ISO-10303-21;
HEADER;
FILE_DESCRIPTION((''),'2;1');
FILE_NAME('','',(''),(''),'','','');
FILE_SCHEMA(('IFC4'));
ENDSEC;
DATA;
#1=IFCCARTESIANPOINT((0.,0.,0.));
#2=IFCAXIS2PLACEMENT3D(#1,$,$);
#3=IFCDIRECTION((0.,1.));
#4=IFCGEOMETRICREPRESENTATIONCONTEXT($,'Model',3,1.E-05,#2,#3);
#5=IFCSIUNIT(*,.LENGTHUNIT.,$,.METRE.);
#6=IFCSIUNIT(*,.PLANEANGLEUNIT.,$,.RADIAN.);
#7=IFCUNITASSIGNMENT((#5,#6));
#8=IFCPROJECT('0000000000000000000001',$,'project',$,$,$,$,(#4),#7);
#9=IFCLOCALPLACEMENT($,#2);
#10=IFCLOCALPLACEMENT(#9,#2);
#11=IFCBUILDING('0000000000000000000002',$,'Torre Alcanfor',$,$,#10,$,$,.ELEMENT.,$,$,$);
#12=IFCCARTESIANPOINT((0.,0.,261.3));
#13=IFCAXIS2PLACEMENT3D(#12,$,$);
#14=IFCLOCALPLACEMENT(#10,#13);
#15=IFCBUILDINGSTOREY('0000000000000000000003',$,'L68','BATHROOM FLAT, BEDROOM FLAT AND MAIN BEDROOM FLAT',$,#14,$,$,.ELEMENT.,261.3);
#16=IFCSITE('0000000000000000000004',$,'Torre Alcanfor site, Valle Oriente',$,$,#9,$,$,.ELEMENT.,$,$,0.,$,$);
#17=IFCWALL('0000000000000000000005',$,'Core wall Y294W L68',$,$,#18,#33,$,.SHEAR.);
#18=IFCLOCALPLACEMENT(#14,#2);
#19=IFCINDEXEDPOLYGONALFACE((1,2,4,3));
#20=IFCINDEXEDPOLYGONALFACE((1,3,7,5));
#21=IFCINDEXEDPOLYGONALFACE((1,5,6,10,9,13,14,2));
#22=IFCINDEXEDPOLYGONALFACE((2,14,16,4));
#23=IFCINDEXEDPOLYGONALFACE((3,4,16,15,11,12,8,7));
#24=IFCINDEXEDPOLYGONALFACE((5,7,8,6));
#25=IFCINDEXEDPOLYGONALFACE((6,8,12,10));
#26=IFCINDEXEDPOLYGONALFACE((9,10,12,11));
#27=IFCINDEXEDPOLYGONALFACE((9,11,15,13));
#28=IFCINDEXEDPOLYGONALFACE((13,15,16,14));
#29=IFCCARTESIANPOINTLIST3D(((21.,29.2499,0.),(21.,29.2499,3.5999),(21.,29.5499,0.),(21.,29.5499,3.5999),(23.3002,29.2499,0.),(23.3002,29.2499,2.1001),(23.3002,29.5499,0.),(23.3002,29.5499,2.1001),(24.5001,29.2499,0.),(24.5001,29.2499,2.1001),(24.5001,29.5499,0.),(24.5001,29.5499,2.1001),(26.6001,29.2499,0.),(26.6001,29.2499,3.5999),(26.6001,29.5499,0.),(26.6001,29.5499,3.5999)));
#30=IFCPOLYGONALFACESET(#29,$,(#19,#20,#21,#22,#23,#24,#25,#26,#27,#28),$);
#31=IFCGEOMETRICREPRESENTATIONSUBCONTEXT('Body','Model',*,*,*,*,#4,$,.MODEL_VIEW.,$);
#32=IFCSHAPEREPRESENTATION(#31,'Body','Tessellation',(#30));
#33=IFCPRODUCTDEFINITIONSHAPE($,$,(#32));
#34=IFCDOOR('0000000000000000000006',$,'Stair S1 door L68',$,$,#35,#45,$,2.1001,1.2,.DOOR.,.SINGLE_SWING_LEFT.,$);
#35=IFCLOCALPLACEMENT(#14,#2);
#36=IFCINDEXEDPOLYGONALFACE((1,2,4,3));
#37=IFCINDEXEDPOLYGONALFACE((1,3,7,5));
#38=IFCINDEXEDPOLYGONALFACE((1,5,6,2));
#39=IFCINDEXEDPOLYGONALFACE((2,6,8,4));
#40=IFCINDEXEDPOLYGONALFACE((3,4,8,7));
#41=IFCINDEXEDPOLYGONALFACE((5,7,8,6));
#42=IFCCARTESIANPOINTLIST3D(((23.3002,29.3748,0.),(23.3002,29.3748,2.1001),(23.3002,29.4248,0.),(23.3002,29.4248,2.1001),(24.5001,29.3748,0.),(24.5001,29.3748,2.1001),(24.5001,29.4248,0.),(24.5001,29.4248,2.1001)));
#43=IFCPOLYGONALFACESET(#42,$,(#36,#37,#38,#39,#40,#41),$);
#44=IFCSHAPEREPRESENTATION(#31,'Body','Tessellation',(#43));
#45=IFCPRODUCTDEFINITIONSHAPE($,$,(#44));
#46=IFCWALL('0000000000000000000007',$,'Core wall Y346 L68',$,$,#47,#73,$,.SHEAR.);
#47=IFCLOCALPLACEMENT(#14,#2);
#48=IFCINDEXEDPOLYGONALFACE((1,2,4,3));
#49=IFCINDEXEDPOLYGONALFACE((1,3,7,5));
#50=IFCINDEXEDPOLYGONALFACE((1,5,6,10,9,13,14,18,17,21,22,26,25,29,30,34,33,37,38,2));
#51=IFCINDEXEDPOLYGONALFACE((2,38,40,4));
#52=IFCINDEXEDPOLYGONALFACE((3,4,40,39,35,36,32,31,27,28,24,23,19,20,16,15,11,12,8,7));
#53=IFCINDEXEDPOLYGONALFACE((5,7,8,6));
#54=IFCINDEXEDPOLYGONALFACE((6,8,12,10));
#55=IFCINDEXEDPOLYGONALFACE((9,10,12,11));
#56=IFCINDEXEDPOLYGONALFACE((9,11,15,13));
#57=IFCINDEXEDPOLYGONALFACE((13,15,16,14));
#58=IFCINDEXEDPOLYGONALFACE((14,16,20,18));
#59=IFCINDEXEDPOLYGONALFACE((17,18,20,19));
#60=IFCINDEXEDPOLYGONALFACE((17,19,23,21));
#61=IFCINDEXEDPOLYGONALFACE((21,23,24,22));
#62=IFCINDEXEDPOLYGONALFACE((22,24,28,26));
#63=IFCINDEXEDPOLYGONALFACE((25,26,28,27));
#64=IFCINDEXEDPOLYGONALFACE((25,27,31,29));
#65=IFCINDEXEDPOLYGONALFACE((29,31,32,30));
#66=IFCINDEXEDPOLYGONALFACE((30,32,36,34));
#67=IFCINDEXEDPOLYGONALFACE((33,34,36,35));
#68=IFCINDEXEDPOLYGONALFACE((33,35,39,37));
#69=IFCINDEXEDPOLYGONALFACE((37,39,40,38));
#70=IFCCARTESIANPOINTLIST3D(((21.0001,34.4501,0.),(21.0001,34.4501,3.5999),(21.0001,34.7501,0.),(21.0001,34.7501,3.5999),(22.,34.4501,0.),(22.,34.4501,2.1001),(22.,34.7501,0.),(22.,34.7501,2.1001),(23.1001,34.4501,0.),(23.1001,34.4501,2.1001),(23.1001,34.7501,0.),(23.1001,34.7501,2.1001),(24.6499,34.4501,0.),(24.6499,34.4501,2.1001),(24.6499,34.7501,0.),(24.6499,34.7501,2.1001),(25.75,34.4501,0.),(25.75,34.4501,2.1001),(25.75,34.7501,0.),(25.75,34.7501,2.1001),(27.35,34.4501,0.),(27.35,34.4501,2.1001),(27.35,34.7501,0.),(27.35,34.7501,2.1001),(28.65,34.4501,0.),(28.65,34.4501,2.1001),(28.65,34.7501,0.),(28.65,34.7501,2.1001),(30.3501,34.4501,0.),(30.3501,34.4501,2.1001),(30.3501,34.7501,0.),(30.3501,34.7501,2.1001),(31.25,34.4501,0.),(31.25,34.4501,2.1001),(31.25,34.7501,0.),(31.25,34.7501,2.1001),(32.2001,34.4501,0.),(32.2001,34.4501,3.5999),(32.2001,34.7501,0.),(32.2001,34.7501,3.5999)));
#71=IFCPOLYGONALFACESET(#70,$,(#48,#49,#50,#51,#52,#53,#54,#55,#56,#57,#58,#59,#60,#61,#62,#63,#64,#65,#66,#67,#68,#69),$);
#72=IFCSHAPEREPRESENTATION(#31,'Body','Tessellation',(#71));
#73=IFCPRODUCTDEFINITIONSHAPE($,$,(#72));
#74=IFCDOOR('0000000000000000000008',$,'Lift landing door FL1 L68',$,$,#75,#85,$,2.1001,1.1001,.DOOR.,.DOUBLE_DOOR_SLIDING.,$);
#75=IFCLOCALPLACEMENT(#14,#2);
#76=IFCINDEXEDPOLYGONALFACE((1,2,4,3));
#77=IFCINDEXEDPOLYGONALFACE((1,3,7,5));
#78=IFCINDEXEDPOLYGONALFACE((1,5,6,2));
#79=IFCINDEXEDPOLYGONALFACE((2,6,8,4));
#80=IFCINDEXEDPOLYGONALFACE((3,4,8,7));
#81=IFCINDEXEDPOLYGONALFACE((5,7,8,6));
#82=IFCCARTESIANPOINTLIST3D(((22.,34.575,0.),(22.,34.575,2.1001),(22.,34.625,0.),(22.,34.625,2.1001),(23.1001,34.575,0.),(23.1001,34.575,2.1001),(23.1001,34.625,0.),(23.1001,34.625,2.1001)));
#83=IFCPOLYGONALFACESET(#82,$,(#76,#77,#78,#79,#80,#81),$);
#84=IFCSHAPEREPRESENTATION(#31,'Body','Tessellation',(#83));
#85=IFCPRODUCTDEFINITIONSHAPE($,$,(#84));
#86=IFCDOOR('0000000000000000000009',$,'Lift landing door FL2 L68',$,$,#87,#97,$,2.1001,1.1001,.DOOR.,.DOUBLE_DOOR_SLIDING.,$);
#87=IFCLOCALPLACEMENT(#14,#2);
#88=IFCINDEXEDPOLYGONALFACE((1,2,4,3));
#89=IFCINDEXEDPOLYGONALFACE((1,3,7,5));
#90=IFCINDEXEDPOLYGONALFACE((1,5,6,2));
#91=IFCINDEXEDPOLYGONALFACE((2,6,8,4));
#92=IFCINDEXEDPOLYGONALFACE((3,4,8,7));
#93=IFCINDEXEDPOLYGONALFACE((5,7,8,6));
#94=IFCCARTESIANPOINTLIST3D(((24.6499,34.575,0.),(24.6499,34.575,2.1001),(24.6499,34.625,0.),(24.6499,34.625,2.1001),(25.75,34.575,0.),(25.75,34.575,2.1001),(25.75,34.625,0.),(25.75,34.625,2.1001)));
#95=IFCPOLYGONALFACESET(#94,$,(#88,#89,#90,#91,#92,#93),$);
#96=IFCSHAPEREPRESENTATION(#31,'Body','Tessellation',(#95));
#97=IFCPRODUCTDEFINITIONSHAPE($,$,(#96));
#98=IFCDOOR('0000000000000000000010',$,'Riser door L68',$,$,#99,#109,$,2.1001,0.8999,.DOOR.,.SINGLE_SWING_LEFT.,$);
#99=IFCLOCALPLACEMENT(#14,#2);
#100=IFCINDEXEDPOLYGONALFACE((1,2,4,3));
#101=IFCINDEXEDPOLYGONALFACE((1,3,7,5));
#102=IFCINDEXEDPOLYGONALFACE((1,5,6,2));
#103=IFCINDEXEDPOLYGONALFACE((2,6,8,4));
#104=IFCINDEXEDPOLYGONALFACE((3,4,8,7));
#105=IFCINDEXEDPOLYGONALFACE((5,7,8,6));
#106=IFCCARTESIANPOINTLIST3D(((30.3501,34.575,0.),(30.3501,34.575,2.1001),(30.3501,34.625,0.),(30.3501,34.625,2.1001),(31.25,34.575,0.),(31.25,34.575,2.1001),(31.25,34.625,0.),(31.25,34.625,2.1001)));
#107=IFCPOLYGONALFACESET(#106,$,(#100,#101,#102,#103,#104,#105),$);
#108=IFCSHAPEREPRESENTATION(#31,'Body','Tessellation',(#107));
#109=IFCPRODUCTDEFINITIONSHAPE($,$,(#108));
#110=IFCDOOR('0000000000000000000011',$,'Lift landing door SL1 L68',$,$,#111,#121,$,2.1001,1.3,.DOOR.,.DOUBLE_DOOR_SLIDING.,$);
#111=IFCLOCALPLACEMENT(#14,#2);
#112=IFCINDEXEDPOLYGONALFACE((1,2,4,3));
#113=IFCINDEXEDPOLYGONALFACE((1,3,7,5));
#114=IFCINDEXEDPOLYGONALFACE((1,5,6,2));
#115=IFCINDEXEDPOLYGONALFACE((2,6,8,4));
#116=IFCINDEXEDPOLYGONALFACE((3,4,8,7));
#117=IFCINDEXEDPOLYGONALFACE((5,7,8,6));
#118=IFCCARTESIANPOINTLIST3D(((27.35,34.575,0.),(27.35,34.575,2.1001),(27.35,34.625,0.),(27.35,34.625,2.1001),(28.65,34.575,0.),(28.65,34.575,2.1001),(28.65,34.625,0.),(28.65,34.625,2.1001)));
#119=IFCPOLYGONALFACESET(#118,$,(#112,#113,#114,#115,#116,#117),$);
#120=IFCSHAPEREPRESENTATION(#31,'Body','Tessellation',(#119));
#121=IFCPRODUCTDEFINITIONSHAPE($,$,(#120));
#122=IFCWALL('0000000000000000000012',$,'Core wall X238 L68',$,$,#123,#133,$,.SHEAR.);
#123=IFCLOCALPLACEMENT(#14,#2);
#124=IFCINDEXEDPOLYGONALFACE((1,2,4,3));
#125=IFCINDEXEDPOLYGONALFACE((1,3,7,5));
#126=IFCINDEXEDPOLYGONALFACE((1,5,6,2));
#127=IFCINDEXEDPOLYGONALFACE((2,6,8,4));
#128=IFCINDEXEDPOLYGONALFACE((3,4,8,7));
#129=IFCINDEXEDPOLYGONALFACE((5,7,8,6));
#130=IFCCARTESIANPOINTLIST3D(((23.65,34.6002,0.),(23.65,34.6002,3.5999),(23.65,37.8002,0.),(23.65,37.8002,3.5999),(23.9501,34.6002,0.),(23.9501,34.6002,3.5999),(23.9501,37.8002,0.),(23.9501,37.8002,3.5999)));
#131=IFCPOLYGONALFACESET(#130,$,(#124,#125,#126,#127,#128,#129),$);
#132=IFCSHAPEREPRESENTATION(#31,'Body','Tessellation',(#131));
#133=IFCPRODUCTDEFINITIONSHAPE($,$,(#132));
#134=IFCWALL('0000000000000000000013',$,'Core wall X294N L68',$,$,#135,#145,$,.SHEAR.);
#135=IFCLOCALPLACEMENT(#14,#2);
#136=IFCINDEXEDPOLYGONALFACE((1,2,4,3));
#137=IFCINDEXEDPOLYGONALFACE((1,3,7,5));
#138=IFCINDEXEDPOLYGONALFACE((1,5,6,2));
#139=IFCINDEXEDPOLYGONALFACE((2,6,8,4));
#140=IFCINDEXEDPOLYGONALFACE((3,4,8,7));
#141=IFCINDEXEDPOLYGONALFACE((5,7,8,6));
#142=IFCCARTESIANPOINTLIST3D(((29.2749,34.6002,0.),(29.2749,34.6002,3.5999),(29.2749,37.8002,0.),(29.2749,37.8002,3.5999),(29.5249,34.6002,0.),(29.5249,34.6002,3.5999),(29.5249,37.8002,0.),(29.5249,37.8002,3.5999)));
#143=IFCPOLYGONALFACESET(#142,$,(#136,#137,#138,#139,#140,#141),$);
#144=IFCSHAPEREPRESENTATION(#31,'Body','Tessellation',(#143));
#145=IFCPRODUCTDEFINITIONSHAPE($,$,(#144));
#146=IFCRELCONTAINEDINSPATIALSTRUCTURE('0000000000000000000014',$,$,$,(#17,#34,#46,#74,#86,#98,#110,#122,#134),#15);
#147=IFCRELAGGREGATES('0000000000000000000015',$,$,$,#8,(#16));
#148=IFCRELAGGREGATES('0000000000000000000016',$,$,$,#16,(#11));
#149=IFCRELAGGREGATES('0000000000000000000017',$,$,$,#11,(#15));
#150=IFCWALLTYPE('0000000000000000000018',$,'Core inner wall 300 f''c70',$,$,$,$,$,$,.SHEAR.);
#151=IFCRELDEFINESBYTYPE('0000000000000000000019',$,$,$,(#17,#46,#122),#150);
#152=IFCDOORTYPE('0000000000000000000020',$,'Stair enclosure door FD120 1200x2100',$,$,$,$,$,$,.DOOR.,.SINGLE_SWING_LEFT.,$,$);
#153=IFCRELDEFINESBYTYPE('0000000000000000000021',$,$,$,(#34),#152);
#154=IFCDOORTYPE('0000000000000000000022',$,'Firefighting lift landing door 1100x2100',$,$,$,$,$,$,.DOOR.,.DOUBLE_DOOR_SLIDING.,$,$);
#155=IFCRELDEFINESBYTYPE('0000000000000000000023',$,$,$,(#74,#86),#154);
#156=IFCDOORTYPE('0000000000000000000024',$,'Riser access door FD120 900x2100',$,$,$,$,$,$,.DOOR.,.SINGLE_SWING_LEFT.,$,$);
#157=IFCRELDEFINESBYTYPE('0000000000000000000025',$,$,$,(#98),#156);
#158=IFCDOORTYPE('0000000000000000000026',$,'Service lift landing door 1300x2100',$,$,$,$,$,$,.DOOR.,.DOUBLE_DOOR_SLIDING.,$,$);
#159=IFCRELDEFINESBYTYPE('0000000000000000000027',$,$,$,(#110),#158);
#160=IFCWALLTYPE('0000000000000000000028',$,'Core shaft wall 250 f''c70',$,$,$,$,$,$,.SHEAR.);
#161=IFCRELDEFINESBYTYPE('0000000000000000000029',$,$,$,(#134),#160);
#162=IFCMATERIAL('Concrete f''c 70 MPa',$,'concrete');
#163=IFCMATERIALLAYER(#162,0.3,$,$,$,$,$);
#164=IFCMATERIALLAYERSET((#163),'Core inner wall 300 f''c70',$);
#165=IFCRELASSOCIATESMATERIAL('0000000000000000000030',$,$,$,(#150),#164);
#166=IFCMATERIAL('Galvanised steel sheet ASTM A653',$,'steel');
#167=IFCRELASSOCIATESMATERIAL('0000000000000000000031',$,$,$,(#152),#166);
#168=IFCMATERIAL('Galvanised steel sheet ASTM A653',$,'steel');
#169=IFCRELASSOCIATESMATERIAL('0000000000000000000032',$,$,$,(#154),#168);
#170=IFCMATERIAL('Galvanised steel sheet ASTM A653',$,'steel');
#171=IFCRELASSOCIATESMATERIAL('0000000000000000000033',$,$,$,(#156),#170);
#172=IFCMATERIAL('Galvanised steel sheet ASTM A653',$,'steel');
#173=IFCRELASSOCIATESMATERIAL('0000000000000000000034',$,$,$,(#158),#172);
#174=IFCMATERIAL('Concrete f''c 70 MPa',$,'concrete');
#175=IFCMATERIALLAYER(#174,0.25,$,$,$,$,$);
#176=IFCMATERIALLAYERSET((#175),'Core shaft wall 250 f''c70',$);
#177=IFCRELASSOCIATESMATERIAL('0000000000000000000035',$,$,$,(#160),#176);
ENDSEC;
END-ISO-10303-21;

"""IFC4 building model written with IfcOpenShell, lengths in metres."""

from ifc_helpers import new_model, si_unit, direction, frame, frame_2d, origin, place, context, subcontext, project, spatial, rectangle, extrude, material, layer, layer_set, type_object, element, fill, save


model = new_model("IFC4")

# Units and contexts
model_context = context("Model", 3, precision=1e-05, world=origin(), true_north=direction((0.0, 1.0)))
body_context = subcontext(model_context, "Body", "Model", "MODEL_VIEW")
ifc_project = project(units=[si_unit("LENGTHUNIT", "METRE"), si_unit("PLANEANGLEUNIT", "RADIAN")], contexts=[model_context])

# Site, building, storey
site_placement = place(None, origin())
site = spatial("IfcSite", under=ifc_project, at=site_placement, Name="Torre Alcanfor site, Valle Oriente", CompositionType="ELEMENT", RefElevation=0.0)
building_placement = place(site_placement, origin())
building = spatial("IfcBuilding", under=site, at=building_placement, Name="Torre Alcanfor", CompositionType="ELEMENT")
storey_placement = place(building_placement, frame((0.0, 0.0, 261.3)))
storey = spatial("IfcBuildingStorey", under=building, at=storey_placement, Name="L68", Description="BATHROOM FLAT, BEDROOM FLAT AND MAIN BEDROOM FLAT", CompositionType="ELEMENT", Elevation=261.3)

# Wall, opening, door
ifc_material_1 = material(Name="Concrete f'c 70 MPa", Category="concrete")
ifc_layer_1 = layer(ifc_material_1, 0.3)
ifc_layer_set_1 = layer_set([ifc_layer_1], Name="Core inner wall 300 f'c70")
wall_type_1 = type_object("IfcWallType", Name="Core inner wall 300 f'c70", PredefinedType="SHEAR", material=ifc_layer_set_1)
wall_1_placement = place(storey_placement, frame((21.0, 29.3999, 0.0), z_axis=(0.0, 0.0, 1.0), x_axis=(1.0, 0.0, 0.0)))
wall_1 = element("IfcWall", 1, at=wall_1_placement, inside=storey, type_object=wall_type_1, Name="Core wall Y294W L68", PredefinedType="SHEAR", context=body_context, shape_type="SweptSolid", body=[
    extrude(rectangle(XDim=5.6001, YDim=0.3, at=frame_2d((2.8, 0.0))), origin(), (0.0, 0.0, 1.0), 3.5999),
])
opening_1_placement = place(wall_1_placement, frame((2.3, 0.0, 0.0)))
opening_1 = element("IfcOpeningElement", 2, at=opening_1_placement, cuts=wall_1, PredefinedType="OPENING", context=body_context, shape_type="SweptSolid", body=[
    extrude(rectangle(XDim=1.2, YDim=2.1001, at=frame_2d((0.6001, 1.05))), frame((0.0, 0.1599, 0.0), z_axis=(0.0, -1.0, 0.0), x_axis=(1.0, 0.0, 0.0)), (0.0, 0.0, 1.0), 0.3201),
])
ifc_material_2 = material(Name="Galvanised steel sheet ASTM A653", Category="steel")
door_type_1 = type_object("IfcDoorType", Name="Stair enclosure door FD120 1200x2100", OperationType="SINGLE_SWING_LEFT", PredefinedType="DOOR", material=ifc_material_2)
door_1_placement = place(opening_1_placement, frame((1.2, 0.0, 0.0), z_axis=(0.0, 0.0, 1.0), x_axis=(-1.0, 0.0, 0.0)))
door_1 = element("IfcDoor", 3, at=door_1_placement, inside=storey, type_object=door_type_1, Name="Stair S1 door L68", OperationType="SINGLE_SWING_LEFT", OverallHeight=2.1001, OverallWidth=1.2, PredefinedType="DOOR", context=body_context, shape_type="SweptSolid", body=[
    extrude(rectangle(XDim=1.2, YDim=2.1001, at=frame_2d((0.5999, 1.05))), frame((0.0, 0.0251, 0.0), z_axis=(0.0, -1.0, 0.0), x_axis=(1.0, 0.0, 0.0)), (0.0, 0.0, 1.0), 0.05),
])
fill(opening_1, door_1)

# Wall, openings, doors
wall_2_placement = place(storey_placement, frame((21.0, 34.6001, 0.0), z_axis=(0.0, 0.0, 1.0), x_axis=(1.0, 0.0, 0.0)))
wall_2 = element("IfcWall", 4, at=wall_2_placement, inside=storey, type_object=wall_type_1, Name="Core wall Y346 L68", PredefinedType="SHEAR", context=body_context, shape_type="SweptSolid", body=[
    extrude(rectangle(XDim=11.2, YDim=0.3, at=frame_2d((5.6001, 0.0))), origin(), (0.0, 0.0, 1.0), 3.5999),
])
opening_2_placement = place(wall_2_placement, frame((9.3501, 0.0, 0.0)))
opening_2 = element("IfcOpeningElement", 5, at=opening_2_placement, cuts=wall_2, PredefinedType="OPENING", context=body_context, shape_type="SweptSolid", body=[
    extrude(rectangle(XDim=0.8999, YDim=2.1001, at=frame_2d((0.45, 1.05))), frame((0.0, 0.1599, 0.0), z_axis=(0.0, -1.0, 0.0), x_axis=(1.0, 0.0, 0.0)), (0.0, 0.0, 1.0), 0.3201),
])
opening_3_placement = place(wall_2_placement, frame((1.0, 0.0, 0.0)))
opening_3 = element("IfcOpeningElement", 6, at=opening_3_placement, cuts=wall_2, PredefinedType="OPENING", context=body_context, shape_type="SweptSolid", body=[
    extrude(rectangle(XDim=1.1001, YDim=2.1001, at=frame_2d((0.55, 1.05))), frame((0.0, 0.1599, 0.0), z_axis=(0.0, -1.0, 0.0), x_axis=(1.0, 0.0, 0.0)), (0.0, 0.0, 1.0), 0.3201),
])
opening_4_placement = place(wall_2_placement, frame((3.6499, 0.0, 0.0)))
opening_4 = element("IfcOpeningElement", 7, at=opening_4_placement, cuts=wall_2, PredefinedType="OPENING", context=body_context, shape_type="SweptSolid", body=[
    extrude(rectangle(XDim=1.1001, YDim=2.1001, at=frame_2d((0.55, 1.05))), frame((0.0, 0.1599, 0.0), z_axis=(0.0, -1.0, 0.0), x_axis=(1.0, 0.0, 0.0)), (0.0, 0.0, 1.0), 0.3201),
])
opening_5_placement = place(wall_2_placement, frame((6.3501, 0.0, 0.0)))
opening_5 = element("IfcOpeningElement", 8, at=opening_5_placement, cuts=wall_2, PredefinedType="OPENING", context=body_context, shape_type="SweptSolid", body=[
    extrude(rectangle(XDim=1.3, YDim=2.1001, at=frame_2d((0.6499, 1.05))), frame((0.0, 0.1599, 0.0), z_axis=(0.0, -1.0, 0.0), x_axis=(1.0, 0.0, 0.0)), (0.0, 0.0, 1.0), 0.3201),
])
ifc_material_3 = material(Name="Galvanised steel sheet ASTM A653", Category="steel")
door_type_2 = type_object("IfcDoorType", Name="Firefighting lift landing door 1100x2100", OperationType="DOUBLE_DOOR_SLIDING", PredefinedType="DOOR", material=ifc_material_3)
door_2_placement = place(opening_3_placement, origin())
door_2 = element("IfcDoor", 9, at=door_2_placement, inside=storey, type_object=door_type_2, Name="Lift landing door FL1 L68", OperationType="DOUBLE_DOOR_SLIDING", OverallHeight=2.1001, OverallWidth=1.1001, PredefinedType="DOOR", context=body_context, shape_type="SweptSolid", body=[
    extrude(rectangle(XDim=1.1001, YDim=2.1001, at=frame_2d((0.55, 1.05))), frame((0.0, 0.0249, 0.0), z_axis=(0.0, -1.0, 0.0), x_axis=(1.0, 0.0, 0.0)), (0.0, 0.0, 1.0), 0.05),
])
fill(opening_3, door_2)
door_3_placement = place(opening_4_placement, origin())
door_3 = element("IfcDoor", 10, at=door_3_placement, inside=storey, type_object=door_type_2, Name="Lift landing door FL2 L68", OperationType="DOUBLE_DOOR_SLIDING", OverallHeight=2.1001, OverallWidth=1.1001, PredefinedType="DOOR", context=body_context, shape_type="SweptSolid", body=[
    extrude(rectangle(XDim=1.1001, YDim=2.1001, at=frame_2d((0.55, 1.05))), frame((0.0, 0.0249, 0.0), z_axis=(0.0, -1.0, 0.0), x_axis=(1.0, 0.0, 0.0)), (0.0, 0.0, 1.0), 0.05),
])
fill(opening_4, door_3)
ifc_material_4 = material(Name="Galvanised steel sheet ASTM A653", Category="steel")
door_type_3 = type_object("IfcDoorType", Name="Riser access door FD120 900x2100", OperationType="SINGLE_SWING_LEFT", PredefinedType="DOOR", material=ifc_material_4)
door_4_placement = place(opening_2_placement, origin())
door_4 = element("IfcDoor", 11, at=door_4_placement, inside=storey, type_object=door_type_3, Name="Riser door L68", OperationType="SINGLE_SWING_LEFT", OverallHeight=2.1001, OverallWidth=0.8999, PredefinedType="DOOR", context=body_context, shape_type="SweptSolid", body=[
    extrude(rectangle(XDim=0.8999, YDim=2.1001, at=frame_2d((0.45, 1.05))), frame((0.0, 0.0249, 0.0), z_axis=(0.0, -1.0, 0.0), x_axis=(1.0, 0.0, 0.0)), (0.0, 0.0, 1.0), 0.05),
])
fill(opening_2, door_4)
ifc_material_5 = material(Name="Galvanised steel sheet ASTM A653", Category="steel")
door_type_4 = type_object("IfcDoorType", Name="Service lift landing door 1300x2100", OperationType="DOUBLE_DOOR_SLIDING", PredefinedType="DOOR", material=ifc_material_5)
door_5_placement = place(opening_5_placement, origin())
door_5 = element("IfcDoor", 12, at=door_5_placement, inside=storey, type_object=door_type_4, Name="Lift landing door SL1 L68", OperationType="DOUBLE_DOOR_SLIDING", OverallHeight=2.1001, OverallWidth=1.3, PredefinedType="DOOR", context=body_context, shape_type="SweptSolid", body=[
    extrude(rectangle(XDim=1.3, YDim=2.1001, at=frame_2d((0.6499, 1.05))), frame((0.0, 0.0249, 0.0), z_axis=(0.0, -1.0, 0.0), x_axis=(1.0, 0.0, 0.0)), (0.0, 0.0, 1.0), 0.05),
])
fill(opening_5, door_5)

# Walls
wall_3_placement = place(storey_placement, frame((23.8, 34.6001, 0.0), z_axis=(0.0, 0.0, 1.0), x_axis=(0.0, 1.0, 0.0)))
element("IfcWall", 13, at=wall_3_placement, inside=storey, type_object=wall_type_1, Name="Core wall X238 L68", PredefinedType="SHEAR", context=body_context, shape_type="SweptSolid", body=[
    extrude(rectangle(XDim=3.2, YDim=0.3, at=frame_2d((1.6001, 0.0))), origin(), (0.0, 0.0, 1.0), 3.5999),
])
ifc_material_6 = material(Name="Concrete f'c 70 MPa", Category="concrete")
ifc_layer_2 = layer(ifc_material_6, 0.25)
ifc_layer_set_2 = layer_set([ifc_layer_2], Name="Core shaft wall 250 f'c70")
wall_type_2 = type_object("IfcWallType", Name="Core shaft wall 250 f'c70", PredefinedType="SHEAR", material=ifc_layer_set_2)
wall_4_placement = place(storey_placement, frame((29.3999, 34.6001, 0.0), z_axis=(0.0, 0.0, 1.0), x_axis=(0.0, 1.0, 0.0)))
element("IfcWall", 14, at=wall_4_placement, inside=storey, type_object=wall_type_2, Name="Core wall X294N L68", PredefinedType="SHEAR", context=body_context, shape_type="SweptSolid", body=[
    extrude(rectangle(XDim=3.2, YDim=0.25, at=frame_2d((1.6001, 0.0))), origin(), (0.0, 0.0, 1.0), 3.5999),
])

save(model, "model.ifc")
